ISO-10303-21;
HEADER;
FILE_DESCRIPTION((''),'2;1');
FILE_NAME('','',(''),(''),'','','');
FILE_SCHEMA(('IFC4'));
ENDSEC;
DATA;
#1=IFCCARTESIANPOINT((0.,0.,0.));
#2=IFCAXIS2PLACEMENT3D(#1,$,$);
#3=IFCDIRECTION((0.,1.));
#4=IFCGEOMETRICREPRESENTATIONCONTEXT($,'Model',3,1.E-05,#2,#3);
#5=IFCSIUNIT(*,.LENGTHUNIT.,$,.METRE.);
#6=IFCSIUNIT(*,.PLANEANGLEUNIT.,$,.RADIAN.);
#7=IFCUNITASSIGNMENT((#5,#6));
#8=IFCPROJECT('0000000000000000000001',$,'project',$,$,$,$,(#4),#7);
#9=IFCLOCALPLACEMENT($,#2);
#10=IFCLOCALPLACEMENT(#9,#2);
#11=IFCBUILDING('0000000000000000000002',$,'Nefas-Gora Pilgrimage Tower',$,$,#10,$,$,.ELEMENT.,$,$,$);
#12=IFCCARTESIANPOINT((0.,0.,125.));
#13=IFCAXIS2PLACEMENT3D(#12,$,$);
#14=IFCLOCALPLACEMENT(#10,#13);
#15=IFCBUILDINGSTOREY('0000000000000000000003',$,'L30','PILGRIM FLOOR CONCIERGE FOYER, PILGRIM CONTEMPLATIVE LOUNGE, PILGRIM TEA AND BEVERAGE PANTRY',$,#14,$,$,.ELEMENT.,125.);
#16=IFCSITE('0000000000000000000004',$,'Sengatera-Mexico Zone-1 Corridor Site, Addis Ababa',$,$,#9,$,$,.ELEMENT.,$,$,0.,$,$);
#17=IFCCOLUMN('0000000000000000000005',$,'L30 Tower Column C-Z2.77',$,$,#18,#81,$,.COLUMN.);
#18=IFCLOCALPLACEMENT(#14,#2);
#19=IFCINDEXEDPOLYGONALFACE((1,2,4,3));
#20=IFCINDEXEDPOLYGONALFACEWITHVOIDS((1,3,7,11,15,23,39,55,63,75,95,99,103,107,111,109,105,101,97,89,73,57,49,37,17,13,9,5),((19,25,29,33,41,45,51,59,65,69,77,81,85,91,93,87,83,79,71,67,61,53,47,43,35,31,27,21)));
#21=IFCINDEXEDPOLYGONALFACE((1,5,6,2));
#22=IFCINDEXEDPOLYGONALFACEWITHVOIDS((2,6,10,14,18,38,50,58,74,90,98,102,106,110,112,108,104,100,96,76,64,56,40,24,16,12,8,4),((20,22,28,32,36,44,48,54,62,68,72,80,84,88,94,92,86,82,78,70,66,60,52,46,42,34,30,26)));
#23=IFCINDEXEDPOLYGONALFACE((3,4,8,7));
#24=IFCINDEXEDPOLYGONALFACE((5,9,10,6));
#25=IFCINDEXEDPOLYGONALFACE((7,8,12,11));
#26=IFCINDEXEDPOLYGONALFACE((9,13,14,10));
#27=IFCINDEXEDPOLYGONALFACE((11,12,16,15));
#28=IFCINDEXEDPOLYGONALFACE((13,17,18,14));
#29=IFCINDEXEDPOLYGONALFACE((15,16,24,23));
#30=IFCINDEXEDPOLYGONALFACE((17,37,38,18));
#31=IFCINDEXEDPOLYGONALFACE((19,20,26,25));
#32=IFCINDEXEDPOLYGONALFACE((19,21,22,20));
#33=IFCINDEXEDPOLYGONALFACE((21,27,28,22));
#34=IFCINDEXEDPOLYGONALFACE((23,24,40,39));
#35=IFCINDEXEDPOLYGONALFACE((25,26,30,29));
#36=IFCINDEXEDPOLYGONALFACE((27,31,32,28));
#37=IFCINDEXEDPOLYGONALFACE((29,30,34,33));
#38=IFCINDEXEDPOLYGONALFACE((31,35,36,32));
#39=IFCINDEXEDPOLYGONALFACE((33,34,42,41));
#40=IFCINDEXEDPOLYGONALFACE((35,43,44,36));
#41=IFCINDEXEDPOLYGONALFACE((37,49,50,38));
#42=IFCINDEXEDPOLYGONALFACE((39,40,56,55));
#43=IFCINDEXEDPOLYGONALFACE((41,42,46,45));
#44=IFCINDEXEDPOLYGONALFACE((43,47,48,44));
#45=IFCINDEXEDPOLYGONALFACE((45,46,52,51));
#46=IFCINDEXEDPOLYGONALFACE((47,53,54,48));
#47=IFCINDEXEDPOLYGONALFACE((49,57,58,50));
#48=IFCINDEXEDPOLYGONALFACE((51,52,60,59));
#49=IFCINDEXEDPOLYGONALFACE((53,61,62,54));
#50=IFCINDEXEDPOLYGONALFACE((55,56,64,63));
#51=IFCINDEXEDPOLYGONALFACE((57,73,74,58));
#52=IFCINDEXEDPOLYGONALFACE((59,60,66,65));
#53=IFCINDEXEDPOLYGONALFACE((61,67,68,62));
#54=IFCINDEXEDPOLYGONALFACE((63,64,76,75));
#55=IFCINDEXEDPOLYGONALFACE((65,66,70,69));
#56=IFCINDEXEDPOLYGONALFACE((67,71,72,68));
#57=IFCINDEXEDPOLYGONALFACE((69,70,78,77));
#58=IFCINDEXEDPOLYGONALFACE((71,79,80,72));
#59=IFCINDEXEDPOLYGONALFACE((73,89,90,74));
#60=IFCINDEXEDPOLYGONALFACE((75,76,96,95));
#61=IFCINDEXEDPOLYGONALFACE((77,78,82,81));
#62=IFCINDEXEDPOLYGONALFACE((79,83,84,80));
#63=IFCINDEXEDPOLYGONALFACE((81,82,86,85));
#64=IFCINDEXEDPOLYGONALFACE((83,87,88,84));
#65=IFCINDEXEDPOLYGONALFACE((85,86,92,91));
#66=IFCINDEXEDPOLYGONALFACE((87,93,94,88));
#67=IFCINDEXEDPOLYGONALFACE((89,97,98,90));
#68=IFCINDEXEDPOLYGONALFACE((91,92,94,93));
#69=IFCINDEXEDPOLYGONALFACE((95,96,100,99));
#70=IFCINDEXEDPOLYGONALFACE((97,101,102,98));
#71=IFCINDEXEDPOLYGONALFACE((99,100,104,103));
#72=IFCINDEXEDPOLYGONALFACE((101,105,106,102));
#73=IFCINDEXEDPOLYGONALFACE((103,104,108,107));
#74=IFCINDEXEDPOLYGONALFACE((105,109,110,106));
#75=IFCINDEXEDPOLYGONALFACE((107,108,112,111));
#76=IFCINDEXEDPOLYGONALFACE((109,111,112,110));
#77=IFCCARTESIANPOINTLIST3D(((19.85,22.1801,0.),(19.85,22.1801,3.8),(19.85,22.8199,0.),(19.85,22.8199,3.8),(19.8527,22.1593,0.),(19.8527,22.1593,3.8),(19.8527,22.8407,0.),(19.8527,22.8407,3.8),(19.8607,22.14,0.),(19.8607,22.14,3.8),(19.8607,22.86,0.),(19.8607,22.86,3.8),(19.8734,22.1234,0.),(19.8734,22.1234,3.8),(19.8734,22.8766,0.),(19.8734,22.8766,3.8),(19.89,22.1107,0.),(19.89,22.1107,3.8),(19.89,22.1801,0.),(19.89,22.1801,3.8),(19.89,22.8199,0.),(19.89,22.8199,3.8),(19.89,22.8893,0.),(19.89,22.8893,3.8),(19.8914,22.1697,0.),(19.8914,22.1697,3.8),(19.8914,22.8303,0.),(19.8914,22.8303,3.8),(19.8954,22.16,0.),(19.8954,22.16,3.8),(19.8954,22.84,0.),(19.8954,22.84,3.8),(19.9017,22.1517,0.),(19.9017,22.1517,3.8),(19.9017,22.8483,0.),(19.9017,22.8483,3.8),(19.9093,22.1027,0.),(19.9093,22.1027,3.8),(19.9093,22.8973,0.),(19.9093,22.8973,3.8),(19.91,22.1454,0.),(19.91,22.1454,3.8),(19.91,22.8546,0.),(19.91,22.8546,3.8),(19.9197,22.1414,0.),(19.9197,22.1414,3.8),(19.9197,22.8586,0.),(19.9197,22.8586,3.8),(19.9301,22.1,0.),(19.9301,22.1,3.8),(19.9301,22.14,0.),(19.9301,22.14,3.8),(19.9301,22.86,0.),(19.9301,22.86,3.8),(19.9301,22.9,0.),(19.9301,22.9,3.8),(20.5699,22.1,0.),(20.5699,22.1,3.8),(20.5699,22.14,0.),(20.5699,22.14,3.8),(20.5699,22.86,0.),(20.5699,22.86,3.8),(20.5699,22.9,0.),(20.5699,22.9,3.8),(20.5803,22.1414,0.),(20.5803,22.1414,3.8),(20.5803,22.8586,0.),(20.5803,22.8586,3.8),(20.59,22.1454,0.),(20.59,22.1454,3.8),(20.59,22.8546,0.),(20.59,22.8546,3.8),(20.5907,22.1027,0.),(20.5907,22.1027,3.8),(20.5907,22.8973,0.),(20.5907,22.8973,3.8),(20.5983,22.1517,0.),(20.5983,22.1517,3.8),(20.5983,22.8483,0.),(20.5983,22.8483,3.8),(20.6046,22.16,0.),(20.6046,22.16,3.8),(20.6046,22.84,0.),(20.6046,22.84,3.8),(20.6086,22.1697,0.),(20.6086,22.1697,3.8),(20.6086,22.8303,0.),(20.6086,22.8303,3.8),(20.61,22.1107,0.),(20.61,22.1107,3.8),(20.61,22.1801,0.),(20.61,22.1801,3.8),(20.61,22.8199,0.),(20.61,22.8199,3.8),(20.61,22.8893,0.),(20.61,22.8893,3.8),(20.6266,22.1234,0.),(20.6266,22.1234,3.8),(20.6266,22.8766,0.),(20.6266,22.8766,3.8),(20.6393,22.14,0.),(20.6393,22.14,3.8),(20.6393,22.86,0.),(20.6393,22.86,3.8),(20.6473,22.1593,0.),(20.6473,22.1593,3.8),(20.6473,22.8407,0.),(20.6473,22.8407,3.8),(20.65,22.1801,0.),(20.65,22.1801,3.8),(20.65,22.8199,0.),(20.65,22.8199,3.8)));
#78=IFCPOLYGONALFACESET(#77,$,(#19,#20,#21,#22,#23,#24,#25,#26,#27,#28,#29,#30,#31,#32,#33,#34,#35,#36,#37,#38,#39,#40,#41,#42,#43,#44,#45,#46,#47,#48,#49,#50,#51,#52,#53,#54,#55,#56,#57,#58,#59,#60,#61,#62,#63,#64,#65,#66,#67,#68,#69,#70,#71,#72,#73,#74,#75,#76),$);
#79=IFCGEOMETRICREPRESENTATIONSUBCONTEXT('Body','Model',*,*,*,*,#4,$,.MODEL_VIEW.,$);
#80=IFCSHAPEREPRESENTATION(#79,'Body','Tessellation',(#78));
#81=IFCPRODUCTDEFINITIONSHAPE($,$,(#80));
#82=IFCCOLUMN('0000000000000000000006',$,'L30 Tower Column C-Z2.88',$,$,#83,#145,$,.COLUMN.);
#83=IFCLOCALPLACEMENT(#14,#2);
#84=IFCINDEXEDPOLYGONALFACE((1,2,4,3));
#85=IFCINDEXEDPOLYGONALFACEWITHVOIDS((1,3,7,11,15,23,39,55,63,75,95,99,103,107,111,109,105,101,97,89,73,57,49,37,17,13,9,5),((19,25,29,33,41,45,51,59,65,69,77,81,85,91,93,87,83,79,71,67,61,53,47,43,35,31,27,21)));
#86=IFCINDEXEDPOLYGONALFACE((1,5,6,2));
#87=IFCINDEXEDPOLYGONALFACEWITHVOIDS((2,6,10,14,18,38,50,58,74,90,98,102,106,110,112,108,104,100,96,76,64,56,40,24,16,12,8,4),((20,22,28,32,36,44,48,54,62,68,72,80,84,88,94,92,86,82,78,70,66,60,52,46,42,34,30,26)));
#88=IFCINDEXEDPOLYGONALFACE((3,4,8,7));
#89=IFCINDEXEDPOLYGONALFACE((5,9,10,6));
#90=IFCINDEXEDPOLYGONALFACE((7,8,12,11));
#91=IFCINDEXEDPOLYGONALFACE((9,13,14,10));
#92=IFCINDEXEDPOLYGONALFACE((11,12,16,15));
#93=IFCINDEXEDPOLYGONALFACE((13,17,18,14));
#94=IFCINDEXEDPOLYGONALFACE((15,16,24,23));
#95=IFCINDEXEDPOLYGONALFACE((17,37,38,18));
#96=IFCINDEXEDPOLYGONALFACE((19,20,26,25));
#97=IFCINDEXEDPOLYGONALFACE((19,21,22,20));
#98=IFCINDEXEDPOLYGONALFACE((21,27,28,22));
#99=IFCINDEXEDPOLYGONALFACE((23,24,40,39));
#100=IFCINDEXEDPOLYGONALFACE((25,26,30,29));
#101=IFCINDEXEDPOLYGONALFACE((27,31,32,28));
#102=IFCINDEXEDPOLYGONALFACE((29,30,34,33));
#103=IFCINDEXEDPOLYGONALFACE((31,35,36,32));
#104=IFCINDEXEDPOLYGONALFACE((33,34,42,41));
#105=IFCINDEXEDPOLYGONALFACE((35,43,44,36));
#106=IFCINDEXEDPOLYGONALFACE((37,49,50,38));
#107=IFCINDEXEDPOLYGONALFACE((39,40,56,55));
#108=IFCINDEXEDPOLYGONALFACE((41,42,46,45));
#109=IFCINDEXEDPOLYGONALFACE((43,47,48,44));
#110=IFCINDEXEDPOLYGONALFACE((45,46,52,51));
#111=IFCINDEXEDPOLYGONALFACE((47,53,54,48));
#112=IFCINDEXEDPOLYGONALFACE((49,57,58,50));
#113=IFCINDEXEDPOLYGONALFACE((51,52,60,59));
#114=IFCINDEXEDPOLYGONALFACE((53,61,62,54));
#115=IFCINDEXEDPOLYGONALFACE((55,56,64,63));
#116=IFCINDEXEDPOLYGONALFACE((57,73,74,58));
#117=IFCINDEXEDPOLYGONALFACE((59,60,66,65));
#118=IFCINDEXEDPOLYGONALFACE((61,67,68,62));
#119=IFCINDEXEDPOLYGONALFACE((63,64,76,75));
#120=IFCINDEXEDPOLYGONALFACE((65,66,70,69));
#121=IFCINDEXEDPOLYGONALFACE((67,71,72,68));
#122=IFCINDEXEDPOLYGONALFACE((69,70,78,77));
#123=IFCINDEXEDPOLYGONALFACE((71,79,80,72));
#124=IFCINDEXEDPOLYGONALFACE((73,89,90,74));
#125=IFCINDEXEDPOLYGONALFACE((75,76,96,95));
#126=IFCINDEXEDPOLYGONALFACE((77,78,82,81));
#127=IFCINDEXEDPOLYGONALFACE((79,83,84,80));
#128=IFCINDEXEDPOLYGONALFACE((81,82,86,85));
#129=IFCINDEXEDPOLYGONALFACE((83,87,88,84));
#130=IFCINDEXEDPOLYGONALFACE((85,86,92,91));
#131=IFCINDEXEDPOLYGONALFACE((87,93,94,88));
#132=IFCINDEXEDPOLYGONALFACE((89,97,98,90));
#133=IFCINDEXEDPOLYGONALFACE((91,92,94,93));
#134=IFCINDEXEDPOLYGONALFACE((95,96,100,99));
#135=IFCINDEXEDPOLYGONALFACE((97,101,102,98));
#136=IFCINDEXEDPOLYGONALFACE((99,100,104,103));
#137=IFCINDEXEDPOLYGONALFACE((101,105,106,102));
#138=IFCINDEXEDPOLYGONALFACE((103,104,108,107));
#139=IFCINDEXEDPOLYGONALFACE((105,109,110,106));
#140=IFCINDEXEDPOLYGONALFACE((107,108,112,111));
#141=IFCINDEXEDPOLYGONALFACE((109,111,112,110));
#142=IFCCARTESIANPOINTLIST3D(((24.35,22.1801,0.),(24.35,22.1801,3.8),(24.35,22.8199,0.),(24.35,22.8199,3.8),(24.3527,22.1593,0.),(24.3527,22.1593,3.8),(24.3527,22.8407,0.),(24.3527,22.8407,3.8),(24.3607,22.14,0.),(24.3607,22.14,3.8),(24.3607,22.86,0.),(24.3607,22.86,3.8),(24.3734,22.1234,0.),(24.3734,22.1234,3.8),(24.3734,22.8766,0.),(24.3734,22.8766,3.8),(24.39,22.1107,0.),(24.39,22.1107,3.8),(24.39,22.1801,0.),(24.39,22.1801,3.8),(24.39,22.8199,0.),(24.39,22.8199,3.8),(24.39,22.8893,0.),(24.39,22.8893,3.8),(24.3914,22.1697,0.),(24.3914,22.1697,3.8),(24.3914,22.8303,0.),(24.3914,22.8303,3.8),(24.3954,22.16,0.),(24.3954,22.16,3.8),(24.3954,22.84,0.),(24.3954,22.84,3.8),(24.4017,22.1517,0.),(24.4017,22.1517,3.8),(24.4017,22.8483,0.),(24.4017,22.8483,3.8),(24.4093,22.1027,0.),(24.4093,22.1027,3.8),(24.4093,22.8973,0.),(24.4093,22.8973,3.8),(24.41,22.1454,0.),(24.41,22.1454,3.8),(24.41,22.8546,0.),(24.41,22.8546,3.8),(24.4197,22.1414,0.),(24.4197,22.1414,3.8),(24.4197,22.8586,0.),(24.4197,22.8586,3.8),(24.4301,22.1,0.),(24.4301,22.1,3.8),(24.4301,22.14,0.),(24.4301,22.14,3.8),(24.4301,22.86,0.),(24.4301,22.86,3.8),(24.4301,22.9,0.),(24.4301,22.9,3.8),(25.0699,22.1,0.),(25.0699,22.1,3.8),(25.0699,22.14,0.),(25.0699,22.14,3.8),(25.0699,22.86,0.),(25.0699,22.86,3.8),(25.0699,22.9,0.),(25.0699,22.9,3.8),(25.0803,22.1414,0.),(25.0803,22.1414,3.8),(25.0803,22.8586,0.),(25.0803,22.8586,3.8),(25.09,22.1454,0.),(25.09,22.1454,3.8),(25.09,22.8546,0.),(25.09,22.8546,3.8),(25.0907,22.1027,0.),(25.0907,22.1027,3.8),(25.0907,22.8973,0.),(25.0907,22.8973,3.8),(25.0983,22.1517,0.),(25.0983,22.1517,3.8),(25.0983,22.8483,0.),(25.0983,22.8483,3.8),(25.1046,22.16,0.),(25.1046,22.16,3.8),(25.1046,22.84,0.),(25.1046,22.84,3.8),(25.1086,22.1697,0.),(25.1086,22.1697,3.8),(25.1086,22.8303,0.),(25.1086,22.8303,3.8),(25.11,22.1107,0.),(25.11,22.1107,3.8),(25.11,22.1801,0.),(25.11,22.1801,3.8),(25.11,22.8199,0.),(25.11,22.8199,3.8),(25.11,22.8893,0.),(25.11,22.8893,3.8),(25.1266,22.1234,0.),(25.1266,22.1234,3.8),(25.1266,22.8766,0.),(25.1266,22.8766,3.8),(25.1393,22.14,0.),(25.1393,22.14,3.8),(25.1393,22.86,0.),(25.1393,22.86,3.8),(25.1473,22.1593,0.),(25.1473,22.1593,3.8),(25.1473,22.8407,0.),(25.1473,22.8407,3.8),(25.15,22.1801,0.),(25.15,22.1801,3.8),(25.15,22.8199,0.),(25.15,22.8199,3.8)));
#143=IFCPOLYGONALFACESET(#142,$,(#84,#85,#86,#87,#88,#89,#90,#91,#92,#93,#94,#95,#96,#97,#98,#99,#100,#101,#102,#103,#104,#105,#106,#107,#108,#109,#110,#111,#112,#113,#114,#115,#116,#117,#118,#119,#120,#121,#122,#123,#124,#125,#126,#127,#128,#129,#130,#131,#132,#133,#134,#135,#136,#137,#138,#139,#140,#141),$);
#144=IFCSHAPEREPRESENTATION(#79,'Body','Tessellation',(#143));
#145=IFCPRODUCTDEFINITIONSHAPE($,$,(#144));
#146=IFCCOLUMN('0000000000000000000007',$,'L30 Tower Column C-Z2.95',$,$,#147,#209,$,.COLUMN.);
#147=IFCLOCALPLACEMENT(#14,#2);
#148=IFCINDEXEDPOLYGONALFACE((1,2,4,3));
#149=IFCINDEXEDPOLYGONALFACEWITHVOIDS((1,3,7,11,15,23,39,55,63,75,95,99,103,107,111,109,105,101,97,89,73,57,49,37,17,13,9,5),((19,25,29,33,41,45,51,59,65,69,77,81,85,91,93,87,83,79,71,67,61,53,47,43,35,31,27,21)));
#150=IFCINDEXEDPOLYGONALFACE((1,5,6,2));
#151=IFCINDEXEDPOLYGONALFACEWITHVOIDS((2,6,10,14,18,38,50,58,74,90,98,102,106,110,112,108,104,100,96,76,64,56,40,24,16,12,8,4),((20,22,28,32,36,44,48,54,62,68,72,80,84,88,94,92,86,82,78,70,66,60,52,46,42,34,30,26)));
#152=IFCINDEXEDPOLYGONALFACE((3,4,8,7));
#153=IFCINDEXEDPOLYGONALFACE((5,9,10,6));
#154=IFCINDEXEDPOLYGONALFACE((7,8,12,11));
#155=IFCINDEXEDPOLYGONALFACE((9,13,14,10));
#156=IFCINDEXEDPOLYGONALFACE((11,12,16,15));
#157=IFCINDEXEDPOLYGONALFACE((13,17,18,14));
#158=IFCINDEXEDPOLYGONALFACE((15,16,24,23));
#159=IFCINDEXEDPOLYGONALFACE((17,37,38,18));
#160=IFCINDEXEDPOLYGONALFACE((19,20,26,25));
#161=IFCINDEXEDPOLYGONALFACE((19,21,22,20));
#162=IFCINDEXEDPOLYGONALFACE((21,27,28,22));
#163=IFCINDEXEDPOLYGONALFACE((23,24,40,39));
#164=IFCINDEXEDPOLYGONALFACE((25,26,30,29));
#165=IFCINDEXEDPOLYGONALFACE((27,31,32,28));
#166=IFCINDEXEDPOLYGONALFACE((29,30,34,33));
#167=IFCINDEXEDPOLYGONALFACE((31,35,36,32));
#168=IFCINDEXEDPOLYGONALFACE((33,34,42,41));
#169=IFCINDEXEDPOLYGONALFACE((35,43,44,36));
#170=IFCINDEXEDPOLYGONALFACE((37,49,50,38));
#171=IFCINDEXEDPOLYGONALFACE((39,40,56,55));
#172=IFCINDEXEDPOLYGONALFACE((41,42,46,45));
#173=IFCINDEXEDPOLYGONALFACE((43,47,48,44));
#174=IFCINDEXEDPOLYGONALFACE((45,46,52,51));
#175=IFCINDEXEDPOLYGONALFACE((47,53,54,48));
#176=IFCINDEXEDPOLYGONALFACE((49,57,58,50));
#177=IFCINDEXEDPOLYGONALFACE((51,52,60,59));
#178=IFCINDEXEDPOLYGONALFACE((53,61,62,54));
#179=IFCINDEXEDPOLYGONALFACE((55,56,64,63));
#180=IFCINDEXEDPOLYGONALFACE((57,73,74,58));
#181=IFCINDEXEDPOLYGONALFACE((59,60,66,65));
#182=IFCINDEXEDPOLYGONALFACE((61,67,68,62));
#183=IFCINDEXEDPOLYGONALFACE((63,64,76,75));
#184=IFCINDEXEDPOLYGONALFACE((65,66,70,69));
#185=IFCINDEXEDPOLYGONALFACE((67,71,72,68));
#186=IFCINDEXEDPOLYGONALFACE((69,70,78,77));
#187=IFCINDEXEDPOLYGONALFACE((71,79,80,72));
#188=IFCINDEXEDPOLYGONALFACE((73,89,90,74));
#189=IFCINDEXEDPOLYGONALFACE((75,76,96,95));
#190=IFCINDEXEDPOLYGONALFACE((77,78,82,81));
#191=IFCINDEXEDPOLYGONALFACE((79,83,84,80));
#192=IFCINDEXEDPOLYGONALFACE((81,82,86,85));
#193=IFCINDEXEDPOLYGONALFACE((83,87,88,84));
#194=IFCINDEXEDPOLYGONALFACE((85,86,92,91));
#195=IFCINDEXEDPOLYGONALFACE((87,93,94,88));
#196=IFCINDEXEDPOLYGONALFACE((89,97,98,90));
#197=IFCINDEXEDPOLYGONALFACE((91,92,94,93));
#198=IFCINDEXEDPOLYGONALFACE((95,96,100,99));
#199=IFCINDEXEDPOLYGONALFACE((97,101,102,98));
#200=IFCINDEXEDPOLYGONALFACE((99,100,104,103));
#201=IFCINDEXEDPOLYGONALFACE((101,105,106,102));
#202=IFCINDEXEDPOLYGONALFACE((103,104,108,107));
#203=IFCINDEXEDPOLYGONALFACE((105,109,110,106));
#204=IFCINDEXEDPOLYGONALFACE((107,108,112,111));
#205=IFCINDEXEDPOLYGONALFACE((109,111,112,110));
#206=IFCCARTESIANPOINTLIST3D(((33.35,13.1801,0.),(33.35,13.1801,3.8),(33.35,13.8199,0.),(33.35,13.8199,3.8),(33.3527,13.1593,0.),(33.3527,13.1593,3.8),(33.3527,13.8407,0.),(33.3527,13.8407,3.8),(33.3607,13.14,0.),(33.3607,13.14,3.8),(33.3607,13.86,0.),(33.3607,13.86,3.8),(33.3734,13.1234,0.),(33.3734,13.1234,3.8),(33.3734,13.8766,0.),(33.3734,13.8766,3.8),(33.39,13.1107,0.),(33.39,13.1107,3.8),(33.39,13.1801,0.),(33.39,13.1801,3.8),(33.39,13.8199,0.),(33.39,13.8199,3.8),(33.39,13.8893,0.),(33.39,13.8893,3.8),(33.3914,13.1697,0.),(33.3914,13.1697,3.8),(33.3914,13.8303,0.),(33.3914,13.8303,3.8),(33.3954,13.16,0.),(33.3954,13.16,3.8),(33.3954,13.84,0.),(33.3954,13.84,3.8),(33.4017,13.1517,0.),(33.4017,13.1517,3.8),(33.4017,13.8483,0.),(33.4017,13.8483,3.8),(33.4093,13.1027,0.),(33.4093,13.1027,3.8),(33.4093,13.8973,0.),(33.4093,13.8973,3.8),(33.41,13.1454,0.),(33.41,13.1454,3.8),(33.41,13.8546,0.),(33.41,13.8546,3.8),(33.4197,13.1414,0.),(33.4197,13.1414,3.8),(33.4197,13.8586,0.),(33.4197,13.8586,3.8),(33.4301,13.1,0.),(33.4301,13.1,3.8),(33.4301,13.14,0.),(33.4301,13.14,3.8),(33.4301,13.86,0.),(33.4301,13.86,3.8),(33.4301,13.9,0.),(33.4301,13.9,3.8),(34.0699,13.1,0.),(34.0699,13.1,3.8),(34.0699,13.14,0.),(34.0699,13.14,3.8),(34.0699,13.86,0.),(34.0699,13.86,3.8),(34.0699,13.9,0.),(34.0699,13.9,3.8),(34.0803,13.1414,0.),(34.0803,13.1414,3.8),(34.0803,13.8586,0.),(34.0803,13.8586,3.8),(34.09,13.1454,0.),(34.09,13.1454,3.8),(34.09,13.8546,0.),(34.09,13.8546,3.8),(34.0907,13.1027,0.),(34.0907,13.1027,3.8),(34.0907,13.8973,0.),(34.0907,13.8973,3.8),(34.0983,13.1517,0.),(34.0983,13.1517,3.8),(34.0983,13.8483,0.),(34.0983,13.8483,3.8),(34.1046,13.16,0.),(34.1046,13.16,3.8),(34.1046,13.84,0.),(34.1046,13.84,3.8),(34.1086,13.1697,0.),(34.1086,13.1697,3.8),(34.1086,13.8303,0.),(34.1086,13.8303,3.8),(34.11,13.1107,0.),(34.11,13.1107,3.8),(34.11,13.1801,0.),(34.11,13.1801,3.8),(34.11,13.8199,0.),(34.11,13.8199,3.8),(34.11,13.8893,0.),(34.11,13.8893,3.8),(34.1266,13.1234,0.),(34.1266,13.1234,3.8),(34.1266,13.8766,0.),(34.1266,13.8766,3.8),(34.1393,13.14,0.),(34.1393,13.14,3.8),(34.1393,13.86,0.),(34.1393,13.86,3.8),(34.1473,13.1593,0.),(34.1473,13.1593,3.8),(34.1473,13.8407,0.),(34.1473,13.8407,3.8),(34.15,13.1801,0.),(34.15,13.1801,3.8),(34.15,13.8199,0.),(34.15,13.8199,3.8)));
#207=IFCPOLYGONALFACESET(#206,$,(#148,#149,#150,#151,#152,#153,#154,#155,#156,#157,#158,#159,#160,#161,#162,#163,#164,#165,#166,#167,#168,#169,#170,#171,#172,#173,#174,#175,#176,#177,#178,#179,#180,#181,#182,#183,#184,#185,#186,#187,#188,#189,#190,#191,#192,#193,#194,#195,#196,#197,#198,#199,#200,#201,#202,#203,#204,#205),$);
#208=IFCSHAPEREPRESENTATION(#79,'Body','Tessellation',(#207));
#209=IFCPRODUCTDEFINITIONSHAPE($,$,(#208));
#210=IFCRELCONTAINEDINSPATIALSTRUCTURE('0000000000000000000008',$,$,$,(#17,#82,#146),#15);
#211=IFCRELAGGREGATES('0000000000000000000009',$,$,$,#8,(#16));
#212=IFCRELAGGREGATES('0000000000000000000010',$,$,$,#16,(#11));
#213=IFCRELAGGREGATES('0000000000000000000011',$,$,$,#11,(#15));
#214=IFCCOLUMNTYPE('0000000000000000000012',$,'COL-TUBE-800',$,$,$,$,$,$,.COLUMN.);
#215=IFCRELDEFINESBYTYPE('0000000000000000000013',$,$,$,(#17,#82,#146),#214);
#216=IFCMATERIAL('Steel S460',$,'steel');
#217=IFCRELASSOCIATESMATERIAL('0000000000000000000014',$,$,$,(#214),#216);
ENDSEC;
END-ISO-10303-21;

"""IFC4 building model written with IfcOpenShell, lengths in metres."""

from ifc_helpers import new_model, si_unit, direction, frame, origin, origin_2d, place, context, subcontext, project, spatial, hollow_rectangle, extrude, source, transform, mapped, material, material_profile, profile_set, type_object, element, save


model = new_model("IFC4")

# Units and contexts
model_context = context("Model", 3, precision=1e-05, world=origin(), true_north=direction((0.0, 1.0)))
body_context = subcontext(model_context, "Body", "Model", "MODEL_VIEW")
ifc_project = project(units=[si_unit("LENGTHUNIT", "METRE"), si_unit("PLANEANGLEUNIT", "RADIAN")], contexts=[model_context])

# Site, building, storey
site_placement = place(None, origin())
site = spatial("IfcSite", under=ifc_project, at=site_placement, Name="Sengatera-Mexico Zone-1 Corridor Site, Addis Ababa", CompositionType="ELEMENT", RefElevation=0.0)
building_placement = place(site_placement, origin())
building = spatial("IfcBuilding", under=site, at=building_placement, Name="Nefas-Gora Pilgrimage Tower", CompositionType="ELEMENT")
storey_placement = place(building_placement, frame((0.0, 0.0, 125.0)))
storey = spatial("IfcBuildingStorey", under=building, at=storey_placement, Name="L30", Description="PILGRIM FLOOR CONCIERGE FOYER, PILGRIM CONTEMPLATIVE LOUNGE, PILGRIM TEA AND BEVERAGE PANTRY", CompositionType="ELEMENT", Elevation=125.0)

# Columns
ifc_material_1 = material(Name="Steel S460", Category="steel")
ifc_material_profile_1 = material_profile(ifc_material_1, hollow_rectangle(XDim=0.8, YDim=0.8, WallThickness=0.04, InnerFilletRadius=0.04, OuterFilletRadius=0.0801, at=origin_2d()), Name="BOX 800x800x40")
ifc_profile_set_1 = profile_set([ifc_material_profile_1], Name="Steel S460")
column_type_1 = type_object("IfcColumnType", Name="COL-TUBE-800", PredefinedType="COLUMN", material=ifc_profile_set_1)
shared_shape_1 = source(origin(), body_context, "Body", "SweptSolid", [
    extrude(hollow_rectangle(XDim=0.8, YDim=0.8, WallThickness=0.04, InnerFilletRadius=0.04, OuterFilletRadius=0.0801, at=origin_2d()), origin(), (0.0, 0.0, 1.0), 3.8),
])
for number, where, z_axis, x_axis, name in (
    (1, (20.25, 22.5, 0.0), (0.0, 0.0, 1.0), (1.0, 0.0, 0.0), "L30 Tower Column C-Z2.77"),
    (2, (24.75, 22.5, 0.0), (0.0, 0.0, 1.0), (1.0, 0.0, 0.0), "L30 Tower Column C-Z2.88"),
    (3, (33.75, 13.5, 0.0), (0.0, 0.0, 1.0), (1.0, 0.0, 0.0), "L30 Tower Column C-Z2.95"),
):
    element("IfcColumn", number, at=place(storey_placement, frame(where, z_axis=z_axis, x_axis=x_axis)), inside=storey, type_object=column_type_1, Name=name, PredefinedType="COLUMN", context=body_context, shape_type="MappedRepresentation", body=[
        mapped(shared_shape_1, transform((0.0, 0.0, 0.0), x_axis=(1.0, 0.0, 0.0), y_axis=(0.0, 1.0, 0.0), z_axis=(0.0, 0.0, 1.0), scale=1.0)),
    ])

save(model, "model.ifc")
